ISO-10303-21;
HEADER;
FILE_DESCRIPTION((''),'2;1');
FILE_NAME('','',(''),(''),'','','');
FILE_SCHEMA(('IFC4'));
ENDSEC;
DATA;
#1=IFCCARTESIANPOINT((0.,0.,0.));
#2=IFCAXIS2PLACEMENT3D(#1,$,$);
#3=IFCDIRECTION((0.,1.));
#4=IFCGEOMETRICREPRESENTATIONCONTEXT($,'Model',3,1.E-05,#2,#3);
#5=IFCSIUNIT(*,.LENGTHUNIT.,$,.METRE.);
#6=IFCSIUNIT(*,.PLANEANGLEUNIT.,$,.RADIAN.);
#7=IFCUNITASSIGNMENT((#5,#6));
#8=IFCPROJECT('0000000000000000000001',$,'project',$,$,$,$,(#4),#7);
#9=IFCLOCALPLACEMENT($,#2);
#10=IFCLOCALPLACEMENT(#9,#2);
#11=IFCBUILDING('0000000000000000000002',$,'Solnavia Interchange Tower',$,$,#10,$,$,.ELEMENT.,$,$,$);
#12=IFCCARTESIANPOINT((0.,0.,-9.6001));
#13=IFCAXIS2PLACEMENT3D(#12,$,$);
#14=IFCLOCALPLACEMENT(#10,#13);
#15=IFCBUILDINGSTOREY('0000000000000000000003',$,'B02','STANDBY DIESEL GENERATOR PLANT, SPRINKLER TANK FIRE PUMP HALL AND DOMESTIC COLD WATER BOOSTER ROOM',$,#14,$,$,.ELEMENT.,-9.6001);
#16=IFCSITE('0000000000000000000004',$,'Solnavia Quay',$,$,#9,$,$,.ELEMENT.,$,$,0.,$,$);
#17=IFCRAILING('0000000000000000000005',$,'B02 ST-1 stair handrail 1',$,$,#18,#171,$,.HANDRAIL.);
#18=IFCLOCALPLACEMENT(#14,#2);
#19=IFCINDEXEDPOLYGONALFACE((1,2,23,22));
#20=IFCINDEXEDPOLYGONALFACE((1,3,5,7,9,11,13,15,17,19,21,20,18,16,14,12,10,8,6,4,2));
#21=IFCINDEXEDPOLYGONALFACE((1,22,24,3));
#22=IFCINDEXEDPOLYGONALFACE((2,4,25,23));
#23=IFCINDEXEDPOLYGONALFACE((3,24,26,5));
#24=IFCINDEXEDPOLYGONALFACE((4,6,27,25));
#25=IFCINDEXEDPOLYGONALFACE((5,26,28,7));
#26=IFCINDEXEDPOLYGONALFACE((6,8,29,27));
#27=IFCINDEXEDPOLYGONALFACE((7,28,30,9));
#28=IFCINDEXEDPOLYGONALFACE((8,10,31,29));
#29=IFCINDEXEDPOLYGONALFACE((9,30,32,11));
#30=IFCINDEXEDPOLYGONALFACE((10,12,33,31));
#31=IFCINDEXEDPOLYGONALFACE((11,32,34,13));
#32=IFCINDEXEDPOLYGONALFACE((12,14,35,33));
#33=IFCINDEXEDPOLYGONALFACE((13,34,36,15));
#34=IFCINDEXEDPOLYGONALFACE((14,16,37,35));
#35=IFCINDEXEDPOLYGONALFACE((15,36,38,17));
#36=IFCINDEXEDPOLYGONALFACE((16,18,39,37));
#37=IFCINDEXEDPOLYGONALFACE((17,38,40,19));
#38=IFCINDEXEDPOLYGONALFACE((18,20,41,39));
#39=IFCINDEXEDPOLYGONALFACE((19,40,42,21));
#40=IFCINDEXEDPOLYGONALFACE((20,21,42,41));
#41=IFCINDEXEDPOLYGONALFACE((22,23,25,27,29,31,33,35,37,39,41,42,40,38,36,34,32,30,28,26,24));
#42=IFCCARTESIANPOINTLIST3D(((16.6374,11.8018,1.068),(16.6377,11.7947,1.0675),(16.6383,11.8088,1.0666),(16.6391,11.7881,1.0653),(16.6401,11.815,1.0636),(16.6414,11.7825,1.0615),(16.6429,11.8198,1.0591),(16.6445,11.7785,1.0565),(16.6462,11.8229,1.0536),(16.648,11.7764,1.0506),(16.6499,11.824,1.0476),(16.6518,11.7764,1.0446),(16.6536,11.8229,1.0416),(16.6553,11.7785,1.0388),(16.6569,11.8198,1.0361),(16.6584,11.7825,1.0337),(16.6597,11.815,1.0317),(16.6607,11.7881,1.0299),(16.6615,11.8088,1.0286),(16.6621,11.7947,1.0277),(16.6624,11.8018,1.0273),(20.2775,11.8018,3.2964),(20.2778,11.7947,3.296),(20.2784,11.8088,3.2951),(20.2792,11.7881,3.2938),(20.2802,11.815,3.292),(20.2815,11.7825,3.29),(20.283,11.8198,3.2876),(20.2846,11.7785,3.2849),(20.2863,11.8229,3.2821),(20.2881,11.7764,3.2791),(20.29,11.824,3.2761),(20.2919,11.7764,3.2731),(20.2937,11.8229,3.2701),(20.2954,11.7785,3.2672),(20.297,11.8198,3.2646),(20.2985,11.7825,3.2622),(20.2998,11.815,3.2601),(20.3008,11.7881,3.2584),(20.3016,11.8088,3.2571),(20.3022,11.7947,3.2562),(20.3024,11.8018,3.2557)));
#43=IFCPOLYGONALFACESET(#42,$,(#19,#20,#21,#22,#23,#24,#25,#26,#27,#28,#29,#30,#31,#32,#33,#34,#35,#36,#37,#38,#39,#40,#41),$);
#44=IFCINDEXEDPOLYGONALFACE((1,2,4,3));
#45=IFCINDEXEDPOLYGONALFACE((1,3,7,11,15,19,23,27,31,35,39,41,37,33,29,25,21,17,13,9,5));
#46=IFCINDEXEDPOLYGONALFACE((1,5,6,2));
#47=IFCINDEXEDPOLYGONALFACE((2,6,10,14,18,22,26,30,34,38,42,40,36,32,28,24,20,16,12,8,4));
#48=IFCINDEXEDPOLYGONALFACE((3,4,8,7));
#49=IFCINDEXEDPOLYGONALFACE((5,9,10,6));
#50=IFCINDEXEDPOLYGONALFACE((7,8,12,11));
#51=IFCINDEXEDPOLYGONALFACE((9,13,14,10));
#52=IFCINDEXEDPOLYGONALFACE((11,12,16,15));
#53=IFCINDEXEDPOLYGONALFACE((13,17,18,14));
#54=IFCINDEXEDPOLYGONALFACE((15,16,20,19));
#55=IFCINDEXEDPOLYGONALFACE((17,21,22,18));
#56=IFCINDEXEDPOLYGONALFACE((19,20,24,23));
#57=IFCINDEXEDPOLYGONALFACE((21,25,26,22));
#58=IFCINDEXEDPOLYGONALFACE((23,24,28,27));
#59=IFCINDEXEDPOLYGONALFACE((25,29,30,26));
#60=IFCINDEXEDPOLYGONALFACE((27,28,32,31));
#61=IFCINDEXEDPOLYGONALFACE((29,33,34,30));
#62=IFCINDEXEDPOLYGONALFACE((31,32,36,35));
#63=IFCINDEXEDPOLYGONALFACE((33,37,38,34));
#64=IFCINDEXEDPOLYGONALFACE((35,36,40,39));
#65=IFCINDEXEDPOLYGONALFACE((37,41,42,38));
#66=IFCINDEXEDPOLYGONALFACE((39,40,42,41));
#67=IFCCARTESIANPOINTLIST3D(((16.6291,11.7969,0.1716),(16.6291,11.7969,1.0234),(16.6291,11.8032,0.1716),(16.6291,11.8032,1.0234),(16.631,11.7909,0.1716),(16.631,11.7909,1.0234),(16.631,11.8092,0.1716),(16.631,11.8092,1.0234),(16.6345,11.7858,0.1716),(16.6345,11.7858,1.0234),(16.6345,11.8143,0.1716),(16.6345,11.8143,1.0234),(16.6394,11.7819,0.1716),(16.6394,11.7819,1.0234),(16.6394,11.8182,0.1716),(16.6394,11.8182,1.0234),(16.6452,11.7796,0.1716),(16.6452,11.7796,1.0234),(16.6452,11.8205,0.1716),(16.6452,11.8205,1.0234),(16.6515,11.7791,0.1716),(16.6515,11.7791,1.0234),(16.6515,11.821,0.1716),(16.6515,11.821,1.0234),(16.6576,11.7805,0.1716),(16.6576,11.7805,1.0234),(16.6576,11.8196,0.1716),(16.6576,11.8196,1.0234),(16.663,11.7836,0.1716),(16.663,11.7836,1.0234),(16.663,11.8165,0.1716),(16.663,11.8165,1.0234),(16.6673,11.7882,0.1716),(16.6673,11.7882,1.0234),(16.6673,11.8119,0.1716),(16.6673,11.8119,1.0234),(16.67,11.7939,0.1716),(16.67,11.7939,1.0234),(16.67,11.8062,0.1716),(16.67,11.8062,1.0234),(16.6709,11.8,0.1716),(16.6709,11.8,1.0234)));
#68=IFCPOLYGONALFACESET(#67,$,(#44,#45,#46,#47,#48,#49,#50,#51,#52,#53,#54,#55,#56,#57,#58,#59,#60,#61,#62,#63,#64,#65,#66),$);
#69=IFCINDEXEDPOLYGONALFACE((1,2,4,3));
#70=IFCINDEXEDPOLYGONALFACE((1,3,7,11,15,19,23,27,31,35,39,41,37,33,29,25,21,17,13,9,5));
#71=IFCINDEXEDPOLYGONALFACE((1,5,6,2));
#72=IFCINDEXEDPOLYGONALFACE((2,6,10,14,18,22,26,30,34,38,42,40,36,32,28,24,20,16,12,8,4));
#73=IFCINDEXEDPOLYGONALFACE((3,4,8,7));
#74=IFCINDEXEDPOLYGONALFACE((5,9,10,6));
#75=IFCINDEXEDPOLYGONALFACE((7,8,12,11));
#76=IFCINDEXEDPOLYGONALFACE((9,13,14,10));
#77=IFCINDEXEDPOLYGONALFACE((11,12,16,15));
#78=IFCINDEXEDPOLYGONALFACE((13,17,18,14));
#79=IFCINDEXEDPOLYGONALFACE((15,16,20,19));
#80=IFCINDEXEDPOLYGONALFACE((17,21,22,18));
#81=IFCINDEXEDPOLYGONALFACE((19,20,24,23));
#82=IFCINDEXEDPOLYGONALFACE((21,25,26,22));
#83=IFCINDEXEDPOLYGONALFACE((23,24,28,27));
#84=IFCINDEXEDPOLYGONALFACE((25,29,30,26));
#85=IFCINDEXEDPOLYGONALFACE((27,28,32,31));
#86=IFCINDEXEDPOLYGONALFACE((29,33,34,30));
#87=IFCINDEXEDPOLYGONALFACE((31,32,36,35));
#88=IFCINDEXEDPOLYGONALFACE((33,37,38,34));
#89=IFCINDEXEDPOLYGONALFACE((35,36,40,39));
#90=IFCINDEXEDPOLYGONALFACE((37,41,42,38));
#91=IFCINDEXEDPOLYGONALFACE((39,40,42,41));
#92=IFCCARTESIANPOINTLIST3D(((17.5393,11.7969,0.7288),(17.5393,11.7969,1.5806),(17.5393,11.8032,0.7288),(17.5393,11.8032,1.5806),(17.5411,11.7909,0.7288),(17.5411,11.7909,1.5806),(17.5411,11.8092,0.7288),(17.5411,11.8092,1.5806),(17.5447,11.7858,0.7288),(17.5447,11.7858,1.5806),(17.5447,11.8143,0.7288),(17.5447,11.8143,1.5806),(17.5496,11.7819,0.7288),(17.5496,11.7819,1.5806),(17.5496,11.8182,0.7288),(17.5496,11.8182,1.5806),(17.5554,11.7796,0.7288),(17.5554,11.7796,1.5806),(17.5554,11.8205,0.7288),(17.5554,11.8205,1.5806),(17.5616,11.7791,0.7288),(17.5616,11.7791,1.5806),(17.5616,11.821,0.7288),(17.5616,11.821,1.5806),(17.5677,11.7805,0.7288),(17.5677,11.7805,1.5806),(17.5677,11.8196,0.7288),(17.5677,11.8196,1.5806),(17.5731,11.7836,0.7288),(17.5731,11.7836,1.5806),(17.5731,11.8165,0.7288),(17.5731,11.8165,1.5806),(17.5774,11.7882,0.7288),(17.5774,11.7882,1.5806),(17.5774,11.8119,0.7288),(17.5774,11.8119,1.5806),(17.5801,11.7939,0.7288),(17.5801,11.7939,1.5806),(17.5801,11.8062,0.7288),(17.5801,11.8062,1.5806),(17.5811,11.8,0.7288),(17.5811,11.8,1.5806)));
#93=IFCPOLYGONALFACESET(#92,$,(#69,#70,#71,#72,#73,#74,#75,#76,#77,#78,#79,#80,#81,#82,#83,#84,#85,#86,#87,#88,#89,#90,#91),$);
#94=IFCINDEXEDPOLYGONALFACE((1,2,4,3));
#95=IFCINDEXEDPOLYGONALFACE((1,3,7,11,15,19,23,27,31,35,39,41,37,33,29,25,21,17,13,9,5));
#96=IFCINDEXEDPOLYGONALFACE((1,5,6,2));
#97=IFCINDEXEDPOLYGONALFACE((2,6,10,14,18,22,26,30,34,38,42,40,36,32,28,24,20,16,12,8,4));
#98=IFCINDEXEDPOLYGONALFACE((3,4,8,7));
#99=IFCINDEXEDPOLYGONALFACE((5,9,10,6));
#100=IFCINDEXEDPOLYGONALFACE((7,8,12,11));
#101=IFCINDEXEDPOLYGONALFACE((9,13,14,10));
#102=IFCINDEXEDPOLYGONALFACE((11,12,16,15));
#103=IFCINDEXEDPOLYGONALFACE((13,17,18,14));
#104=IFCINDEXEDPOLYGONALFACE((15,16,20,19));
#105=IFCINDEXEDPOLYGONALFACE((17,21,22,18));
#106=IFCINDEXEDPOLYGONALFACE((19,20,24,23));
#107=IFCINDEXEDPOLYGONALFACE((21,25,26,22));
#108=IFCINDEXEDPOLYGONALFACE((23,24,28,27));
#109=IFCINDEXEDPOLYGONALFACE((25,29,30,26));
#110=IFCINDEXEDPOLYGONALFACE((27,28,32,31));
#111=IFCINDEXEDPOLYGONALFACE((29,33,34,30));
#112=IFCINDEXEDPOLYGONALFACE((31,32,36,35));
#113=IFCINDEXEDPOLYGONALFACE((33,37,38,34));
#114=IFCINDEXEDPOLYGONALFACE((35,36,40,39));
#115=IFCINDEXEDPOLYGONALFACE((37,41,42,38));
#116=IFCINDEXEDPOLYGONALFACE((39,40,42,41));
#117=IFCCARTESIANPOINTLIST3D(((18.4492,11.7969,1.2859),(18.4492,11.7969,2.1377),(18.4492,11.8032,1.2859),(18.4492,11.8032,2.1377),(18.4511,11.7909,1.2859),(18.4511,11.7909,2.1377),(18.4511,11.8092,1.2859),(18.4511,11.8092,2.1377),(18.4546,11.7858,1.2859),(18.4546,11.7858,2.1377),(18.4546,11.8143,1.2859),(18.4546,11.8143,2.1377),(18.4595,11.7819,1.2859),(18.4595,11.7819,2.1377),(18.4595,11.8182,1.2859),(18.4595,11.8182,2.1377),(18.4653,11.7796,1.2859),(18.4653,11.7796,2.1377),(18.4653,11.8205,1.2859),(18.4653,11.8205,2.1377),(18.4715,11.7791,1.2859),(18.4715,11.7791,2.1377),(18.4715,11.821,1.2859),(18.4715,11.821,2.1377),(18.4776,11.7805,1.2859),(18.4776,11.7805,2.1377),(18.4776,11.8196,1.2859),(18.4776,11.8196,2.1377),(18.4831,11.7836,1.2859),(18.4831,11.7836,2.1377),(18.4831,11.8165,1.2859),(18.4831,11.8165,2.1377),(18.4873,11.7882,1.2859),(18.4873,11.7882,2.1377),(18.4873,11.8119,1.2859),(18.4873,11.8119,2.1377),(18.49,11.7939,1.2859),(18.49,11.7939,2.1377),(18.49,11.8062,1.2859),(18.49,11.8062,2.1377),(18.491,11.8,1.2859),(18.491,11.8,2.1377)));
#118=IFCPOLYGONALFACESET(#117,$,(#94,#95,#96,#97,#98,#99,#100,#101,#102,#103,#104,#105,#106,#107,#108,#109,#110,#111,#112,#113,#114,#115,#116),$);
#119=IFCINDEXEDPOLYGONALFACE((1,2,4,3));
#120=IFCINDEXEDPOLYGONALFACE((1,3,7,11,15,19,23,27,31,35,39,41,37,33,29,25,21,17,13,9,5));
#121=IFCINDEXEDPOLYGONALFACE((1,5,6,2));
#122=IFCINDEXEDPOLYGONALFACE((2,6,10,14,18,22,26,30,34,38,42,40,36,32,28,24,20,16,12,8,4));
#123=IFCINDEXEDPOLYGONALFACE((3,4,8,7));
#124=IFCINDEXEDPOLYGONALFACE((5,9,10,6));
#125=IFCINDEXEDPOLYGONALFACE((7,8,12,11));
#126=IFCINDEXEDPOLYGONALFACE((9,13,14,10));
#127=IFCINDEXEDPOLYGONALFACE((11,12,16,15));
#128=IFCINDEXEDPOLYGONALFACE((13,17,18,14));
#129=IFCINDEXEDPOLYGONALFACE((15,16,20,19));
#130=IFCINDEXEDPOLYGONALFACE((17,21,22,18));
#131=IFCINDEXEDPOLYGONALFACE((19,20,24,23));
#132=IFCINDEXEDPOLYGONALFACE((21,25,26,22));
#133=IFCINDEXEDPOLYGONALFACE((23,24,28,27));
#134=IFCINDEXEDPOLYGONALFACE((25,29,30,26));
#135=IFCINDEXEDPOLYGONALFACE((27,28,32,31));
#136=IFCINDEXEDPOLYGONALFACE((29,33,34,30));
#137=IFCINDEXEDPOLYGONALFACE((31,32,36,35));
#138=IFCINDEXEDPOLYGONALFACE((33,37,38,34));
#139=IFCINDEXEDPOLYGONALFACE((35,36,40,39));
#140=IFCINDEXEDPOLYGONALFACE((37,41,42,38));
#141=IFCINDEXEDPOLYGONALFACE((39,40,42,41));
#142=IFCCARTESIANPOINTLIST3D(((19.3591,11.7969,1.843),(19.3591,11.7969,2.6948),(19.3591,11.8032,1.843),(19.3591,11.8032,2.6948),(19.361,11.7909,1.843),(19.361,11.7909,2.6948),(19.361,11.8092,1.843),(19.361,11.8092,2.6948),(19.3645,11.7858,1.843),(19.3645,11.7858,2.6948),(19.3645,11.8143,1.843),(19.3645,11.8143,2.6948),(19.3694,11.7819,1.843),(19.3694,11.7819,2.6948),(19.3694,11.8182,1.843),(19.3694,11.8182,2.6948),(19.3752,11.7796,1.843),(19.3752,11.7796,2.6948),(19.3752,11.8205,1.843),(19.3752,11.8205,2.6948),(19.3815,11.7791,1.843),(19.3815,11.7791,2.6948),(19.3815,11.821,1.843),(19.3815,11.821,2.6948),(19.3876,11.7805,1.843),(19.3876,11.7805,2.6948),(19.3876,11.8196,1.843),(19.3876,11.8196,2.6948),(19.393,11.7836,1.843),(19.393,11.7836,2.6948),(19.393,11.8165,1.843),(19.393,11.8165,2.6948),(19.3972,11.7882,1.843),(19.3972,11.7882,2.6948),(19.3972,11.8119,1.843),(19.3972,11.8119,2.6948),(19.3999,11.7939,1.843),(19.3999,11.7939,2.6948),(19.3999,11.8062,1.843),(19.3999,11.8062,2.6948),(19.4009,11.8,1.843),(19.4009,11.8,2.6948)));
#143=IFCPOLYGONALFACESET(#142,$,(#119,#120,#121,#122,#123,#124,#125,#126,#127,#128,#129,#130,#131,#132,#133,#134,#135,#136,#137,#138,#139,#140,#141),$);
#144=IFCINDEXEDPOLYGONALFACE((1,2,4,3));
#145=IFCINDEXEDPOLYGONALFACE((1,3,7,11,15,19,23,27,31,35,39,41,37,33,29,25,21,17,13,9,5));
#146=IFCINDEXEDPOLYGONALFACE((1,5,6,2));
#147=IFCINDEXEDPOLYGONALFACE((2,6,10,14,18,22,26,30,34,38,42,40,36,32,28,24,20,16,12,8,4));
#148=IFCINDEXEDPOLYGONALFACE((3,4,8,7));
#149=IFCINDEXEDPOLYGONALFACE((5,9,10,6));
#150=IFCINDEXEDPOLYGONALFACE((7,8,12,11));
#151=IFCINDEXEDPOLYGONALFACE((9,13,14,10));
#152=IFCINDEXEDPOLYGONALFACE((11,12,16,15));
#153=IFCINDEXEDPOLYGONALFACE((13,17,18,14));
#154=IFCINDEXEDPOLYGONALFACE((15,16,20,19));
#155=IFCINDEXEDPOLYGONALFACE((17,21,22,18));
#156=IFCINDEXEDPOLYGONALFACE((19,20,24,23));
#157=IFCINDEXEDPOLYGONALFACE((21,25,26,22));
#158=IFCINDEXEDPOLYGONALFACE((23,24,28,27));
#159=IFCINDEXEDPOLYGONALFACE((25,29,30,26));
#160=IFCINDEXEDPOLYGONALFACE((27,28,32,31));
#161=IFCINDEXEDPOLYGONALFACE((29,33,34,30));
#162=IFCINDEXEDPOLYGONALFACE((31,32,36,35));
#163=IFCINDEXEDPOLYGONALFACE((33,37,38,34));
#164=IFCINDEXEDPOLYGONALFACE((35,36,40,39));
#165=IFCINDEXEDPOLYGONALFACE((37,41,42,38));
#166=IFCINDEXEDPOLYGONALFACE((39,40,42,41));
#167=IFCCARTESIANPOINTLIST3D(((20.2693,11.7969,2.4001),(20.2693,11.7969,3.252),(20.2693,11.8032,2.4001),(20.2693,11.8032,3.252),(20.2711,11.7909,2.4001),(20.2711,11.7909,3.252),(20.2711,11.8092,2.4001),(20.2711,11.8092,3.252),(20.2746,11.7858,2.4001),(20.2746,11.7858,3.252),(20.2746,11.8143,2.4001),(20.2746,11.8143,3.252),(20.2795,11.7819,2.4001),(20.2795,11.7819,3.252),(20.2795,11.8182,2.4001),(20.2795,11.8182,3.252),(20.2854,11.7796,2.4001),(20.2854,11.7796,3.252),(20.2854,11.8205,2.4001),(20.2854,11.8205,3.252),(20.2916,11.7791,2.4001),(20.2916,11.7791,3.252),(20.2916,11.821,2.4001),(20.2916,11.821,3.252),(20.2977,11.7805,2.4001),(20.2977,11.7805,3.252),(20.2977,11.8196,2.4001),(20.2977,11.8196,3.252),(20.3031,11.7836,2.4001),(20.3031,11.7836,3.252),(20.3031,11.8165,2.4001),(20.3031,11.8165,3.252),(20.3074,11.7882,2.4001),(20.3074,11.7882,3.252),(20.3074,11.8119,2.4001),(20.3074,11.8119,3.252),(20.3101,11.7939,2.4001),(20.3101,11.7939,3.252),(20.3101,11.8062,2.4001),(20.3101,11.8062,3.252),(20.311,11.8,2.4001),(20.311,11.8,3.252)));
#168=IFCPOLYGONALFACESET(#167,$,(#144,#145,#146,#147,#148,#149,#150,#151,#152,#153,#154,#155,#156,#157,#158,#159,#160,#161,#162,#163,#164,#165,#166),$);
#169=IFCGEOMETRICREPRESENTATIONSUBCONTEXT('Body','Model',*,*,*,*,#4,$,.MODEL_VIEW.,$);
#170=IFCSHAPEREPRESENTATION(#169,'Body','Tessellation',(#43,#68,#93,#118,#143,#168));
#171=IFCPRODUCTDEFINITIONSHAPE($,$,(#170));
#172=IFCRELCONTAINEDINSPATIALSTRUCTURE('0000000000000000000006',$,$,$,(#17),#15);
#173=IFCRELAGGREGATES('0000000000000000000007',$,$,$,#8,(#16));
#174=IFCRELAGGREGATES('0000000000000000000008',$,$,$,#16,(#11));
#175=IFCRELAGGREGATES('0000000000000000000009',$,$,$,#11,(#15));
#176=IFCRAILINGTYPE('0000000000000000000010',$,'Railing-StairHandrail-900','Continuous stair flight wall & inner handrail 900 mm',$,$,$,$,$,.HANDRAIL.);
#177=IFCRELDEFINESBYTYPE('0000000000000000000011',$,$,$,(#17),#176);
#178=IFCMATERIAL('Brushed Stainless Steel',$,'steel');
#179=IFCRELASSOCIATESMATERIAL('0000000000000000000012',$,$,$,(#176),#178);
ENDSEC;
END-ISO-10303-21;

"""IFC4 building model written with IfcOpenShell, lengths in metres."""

from ifc_helpers import new_model, si_unit, direction, frame, origin, origin_2d, place, context, subcontext, project, spatial, circle, extrude, material, type_object, element, save


model = new_model("IFC4")

# Units and contexts
model_context = context("Model", 3, precision=1e-05, world=origin(), true_north=direction((0.0, 1.0)))
body_context = subcontext(model_context, "Body", "Model", "MODEL_VIEW")
ifc_project = project(units=[si_unit("LENGTHUNIT", "METRE"), si_unit("PLANEANGLEUNIT", "RADIAN")], contexts=[model_context])

# Site, building, storey
site_placement = place(None, origin())
site = spatial("IfcSite", under=ifc_project, at=site_placement, Name="Solnavia Quay", CompositionType="ELEMENT", RefElevation=0.0)
building_placement = place(site_placement, origin())
building = spatial("IfcBuilding", under=site, at=building_placement, Name="Solnavia Interchange Tower", CompositionType="ELEMENT")
storey_placement = place(building_placement, frame((0.0, 0.0, -9.6001)))
storey = spatial("IfcBuildingStorey", under=building, at=storey_placement, Name="B02", Description="STANDBY DIESEL GENERATOR PLANT, SPRINKLER TANK FIRE PUMP HALL AND DOMESTIC COLD WATER BOOSTER ROOM", CompositionType="ELEMENT", Elevation=-9.6001)

# Railing
ifc_material_1 = material(Name="Brushed Stainless Steel", Category="steel")
railing_type_1 = type_object("IfcRailingType", Name="Railing-StairHandrail-900", Description="Continuous stair flight wall & inner handrail 900 mm", PredefinedType="HANDRAIL", material=ifc_material_1)
railing_1_placement = place(storey_placement, frame((16.6499, 11.8, 0.1716)))
element("IfcRailing", 1, at=railing_1_placement, inside=storey, type_object=railing_type_1, Name="B02 ST-1 stair handrail 1", PredefinedType="HANDRAIL", context=body_context, shape_type="SweptSolid", body=[
    extrude(circle(Radius=0.0239, at=origin_2d()), frame((0.0, 0.0, 0.876), z_axis=(0.852866, 0.0, 0.52213), x_axis=(0.0, 1.0, 0.0)), (0.0, 0.0, 1.0), 4.2681),
    extrude(circle(Radius=0.021, at=origin_2d()), origin(), (0.0, 0.0, 1.0), 0.8518),
    extrude(circle(Radius=0.021, at=origin_2d()), frame((0.9102, 0.0, 0.5571)), (0.0, 0.0, 1.0), 0.8518),
    extrude(circle(Radius=0.021, at=origin_2d()), frame((1.8201, 0.0, 1.1143)), (0.0, 0.0, 1.0), 0.8518),
    extrude(circle(Radius=0.021, at=origin_2d()), frame((2.73, 0.0, 1.6714)), (0.0, 0.0, 1.0), 0.8518),
    extrude(circle(Radius=0.021, at=origin_2d()), frame((3.6401, 0.0, 2.2285)), (0.0, 0.0, 1.0), 0.8518),
])

save(model, "model.ifc")
